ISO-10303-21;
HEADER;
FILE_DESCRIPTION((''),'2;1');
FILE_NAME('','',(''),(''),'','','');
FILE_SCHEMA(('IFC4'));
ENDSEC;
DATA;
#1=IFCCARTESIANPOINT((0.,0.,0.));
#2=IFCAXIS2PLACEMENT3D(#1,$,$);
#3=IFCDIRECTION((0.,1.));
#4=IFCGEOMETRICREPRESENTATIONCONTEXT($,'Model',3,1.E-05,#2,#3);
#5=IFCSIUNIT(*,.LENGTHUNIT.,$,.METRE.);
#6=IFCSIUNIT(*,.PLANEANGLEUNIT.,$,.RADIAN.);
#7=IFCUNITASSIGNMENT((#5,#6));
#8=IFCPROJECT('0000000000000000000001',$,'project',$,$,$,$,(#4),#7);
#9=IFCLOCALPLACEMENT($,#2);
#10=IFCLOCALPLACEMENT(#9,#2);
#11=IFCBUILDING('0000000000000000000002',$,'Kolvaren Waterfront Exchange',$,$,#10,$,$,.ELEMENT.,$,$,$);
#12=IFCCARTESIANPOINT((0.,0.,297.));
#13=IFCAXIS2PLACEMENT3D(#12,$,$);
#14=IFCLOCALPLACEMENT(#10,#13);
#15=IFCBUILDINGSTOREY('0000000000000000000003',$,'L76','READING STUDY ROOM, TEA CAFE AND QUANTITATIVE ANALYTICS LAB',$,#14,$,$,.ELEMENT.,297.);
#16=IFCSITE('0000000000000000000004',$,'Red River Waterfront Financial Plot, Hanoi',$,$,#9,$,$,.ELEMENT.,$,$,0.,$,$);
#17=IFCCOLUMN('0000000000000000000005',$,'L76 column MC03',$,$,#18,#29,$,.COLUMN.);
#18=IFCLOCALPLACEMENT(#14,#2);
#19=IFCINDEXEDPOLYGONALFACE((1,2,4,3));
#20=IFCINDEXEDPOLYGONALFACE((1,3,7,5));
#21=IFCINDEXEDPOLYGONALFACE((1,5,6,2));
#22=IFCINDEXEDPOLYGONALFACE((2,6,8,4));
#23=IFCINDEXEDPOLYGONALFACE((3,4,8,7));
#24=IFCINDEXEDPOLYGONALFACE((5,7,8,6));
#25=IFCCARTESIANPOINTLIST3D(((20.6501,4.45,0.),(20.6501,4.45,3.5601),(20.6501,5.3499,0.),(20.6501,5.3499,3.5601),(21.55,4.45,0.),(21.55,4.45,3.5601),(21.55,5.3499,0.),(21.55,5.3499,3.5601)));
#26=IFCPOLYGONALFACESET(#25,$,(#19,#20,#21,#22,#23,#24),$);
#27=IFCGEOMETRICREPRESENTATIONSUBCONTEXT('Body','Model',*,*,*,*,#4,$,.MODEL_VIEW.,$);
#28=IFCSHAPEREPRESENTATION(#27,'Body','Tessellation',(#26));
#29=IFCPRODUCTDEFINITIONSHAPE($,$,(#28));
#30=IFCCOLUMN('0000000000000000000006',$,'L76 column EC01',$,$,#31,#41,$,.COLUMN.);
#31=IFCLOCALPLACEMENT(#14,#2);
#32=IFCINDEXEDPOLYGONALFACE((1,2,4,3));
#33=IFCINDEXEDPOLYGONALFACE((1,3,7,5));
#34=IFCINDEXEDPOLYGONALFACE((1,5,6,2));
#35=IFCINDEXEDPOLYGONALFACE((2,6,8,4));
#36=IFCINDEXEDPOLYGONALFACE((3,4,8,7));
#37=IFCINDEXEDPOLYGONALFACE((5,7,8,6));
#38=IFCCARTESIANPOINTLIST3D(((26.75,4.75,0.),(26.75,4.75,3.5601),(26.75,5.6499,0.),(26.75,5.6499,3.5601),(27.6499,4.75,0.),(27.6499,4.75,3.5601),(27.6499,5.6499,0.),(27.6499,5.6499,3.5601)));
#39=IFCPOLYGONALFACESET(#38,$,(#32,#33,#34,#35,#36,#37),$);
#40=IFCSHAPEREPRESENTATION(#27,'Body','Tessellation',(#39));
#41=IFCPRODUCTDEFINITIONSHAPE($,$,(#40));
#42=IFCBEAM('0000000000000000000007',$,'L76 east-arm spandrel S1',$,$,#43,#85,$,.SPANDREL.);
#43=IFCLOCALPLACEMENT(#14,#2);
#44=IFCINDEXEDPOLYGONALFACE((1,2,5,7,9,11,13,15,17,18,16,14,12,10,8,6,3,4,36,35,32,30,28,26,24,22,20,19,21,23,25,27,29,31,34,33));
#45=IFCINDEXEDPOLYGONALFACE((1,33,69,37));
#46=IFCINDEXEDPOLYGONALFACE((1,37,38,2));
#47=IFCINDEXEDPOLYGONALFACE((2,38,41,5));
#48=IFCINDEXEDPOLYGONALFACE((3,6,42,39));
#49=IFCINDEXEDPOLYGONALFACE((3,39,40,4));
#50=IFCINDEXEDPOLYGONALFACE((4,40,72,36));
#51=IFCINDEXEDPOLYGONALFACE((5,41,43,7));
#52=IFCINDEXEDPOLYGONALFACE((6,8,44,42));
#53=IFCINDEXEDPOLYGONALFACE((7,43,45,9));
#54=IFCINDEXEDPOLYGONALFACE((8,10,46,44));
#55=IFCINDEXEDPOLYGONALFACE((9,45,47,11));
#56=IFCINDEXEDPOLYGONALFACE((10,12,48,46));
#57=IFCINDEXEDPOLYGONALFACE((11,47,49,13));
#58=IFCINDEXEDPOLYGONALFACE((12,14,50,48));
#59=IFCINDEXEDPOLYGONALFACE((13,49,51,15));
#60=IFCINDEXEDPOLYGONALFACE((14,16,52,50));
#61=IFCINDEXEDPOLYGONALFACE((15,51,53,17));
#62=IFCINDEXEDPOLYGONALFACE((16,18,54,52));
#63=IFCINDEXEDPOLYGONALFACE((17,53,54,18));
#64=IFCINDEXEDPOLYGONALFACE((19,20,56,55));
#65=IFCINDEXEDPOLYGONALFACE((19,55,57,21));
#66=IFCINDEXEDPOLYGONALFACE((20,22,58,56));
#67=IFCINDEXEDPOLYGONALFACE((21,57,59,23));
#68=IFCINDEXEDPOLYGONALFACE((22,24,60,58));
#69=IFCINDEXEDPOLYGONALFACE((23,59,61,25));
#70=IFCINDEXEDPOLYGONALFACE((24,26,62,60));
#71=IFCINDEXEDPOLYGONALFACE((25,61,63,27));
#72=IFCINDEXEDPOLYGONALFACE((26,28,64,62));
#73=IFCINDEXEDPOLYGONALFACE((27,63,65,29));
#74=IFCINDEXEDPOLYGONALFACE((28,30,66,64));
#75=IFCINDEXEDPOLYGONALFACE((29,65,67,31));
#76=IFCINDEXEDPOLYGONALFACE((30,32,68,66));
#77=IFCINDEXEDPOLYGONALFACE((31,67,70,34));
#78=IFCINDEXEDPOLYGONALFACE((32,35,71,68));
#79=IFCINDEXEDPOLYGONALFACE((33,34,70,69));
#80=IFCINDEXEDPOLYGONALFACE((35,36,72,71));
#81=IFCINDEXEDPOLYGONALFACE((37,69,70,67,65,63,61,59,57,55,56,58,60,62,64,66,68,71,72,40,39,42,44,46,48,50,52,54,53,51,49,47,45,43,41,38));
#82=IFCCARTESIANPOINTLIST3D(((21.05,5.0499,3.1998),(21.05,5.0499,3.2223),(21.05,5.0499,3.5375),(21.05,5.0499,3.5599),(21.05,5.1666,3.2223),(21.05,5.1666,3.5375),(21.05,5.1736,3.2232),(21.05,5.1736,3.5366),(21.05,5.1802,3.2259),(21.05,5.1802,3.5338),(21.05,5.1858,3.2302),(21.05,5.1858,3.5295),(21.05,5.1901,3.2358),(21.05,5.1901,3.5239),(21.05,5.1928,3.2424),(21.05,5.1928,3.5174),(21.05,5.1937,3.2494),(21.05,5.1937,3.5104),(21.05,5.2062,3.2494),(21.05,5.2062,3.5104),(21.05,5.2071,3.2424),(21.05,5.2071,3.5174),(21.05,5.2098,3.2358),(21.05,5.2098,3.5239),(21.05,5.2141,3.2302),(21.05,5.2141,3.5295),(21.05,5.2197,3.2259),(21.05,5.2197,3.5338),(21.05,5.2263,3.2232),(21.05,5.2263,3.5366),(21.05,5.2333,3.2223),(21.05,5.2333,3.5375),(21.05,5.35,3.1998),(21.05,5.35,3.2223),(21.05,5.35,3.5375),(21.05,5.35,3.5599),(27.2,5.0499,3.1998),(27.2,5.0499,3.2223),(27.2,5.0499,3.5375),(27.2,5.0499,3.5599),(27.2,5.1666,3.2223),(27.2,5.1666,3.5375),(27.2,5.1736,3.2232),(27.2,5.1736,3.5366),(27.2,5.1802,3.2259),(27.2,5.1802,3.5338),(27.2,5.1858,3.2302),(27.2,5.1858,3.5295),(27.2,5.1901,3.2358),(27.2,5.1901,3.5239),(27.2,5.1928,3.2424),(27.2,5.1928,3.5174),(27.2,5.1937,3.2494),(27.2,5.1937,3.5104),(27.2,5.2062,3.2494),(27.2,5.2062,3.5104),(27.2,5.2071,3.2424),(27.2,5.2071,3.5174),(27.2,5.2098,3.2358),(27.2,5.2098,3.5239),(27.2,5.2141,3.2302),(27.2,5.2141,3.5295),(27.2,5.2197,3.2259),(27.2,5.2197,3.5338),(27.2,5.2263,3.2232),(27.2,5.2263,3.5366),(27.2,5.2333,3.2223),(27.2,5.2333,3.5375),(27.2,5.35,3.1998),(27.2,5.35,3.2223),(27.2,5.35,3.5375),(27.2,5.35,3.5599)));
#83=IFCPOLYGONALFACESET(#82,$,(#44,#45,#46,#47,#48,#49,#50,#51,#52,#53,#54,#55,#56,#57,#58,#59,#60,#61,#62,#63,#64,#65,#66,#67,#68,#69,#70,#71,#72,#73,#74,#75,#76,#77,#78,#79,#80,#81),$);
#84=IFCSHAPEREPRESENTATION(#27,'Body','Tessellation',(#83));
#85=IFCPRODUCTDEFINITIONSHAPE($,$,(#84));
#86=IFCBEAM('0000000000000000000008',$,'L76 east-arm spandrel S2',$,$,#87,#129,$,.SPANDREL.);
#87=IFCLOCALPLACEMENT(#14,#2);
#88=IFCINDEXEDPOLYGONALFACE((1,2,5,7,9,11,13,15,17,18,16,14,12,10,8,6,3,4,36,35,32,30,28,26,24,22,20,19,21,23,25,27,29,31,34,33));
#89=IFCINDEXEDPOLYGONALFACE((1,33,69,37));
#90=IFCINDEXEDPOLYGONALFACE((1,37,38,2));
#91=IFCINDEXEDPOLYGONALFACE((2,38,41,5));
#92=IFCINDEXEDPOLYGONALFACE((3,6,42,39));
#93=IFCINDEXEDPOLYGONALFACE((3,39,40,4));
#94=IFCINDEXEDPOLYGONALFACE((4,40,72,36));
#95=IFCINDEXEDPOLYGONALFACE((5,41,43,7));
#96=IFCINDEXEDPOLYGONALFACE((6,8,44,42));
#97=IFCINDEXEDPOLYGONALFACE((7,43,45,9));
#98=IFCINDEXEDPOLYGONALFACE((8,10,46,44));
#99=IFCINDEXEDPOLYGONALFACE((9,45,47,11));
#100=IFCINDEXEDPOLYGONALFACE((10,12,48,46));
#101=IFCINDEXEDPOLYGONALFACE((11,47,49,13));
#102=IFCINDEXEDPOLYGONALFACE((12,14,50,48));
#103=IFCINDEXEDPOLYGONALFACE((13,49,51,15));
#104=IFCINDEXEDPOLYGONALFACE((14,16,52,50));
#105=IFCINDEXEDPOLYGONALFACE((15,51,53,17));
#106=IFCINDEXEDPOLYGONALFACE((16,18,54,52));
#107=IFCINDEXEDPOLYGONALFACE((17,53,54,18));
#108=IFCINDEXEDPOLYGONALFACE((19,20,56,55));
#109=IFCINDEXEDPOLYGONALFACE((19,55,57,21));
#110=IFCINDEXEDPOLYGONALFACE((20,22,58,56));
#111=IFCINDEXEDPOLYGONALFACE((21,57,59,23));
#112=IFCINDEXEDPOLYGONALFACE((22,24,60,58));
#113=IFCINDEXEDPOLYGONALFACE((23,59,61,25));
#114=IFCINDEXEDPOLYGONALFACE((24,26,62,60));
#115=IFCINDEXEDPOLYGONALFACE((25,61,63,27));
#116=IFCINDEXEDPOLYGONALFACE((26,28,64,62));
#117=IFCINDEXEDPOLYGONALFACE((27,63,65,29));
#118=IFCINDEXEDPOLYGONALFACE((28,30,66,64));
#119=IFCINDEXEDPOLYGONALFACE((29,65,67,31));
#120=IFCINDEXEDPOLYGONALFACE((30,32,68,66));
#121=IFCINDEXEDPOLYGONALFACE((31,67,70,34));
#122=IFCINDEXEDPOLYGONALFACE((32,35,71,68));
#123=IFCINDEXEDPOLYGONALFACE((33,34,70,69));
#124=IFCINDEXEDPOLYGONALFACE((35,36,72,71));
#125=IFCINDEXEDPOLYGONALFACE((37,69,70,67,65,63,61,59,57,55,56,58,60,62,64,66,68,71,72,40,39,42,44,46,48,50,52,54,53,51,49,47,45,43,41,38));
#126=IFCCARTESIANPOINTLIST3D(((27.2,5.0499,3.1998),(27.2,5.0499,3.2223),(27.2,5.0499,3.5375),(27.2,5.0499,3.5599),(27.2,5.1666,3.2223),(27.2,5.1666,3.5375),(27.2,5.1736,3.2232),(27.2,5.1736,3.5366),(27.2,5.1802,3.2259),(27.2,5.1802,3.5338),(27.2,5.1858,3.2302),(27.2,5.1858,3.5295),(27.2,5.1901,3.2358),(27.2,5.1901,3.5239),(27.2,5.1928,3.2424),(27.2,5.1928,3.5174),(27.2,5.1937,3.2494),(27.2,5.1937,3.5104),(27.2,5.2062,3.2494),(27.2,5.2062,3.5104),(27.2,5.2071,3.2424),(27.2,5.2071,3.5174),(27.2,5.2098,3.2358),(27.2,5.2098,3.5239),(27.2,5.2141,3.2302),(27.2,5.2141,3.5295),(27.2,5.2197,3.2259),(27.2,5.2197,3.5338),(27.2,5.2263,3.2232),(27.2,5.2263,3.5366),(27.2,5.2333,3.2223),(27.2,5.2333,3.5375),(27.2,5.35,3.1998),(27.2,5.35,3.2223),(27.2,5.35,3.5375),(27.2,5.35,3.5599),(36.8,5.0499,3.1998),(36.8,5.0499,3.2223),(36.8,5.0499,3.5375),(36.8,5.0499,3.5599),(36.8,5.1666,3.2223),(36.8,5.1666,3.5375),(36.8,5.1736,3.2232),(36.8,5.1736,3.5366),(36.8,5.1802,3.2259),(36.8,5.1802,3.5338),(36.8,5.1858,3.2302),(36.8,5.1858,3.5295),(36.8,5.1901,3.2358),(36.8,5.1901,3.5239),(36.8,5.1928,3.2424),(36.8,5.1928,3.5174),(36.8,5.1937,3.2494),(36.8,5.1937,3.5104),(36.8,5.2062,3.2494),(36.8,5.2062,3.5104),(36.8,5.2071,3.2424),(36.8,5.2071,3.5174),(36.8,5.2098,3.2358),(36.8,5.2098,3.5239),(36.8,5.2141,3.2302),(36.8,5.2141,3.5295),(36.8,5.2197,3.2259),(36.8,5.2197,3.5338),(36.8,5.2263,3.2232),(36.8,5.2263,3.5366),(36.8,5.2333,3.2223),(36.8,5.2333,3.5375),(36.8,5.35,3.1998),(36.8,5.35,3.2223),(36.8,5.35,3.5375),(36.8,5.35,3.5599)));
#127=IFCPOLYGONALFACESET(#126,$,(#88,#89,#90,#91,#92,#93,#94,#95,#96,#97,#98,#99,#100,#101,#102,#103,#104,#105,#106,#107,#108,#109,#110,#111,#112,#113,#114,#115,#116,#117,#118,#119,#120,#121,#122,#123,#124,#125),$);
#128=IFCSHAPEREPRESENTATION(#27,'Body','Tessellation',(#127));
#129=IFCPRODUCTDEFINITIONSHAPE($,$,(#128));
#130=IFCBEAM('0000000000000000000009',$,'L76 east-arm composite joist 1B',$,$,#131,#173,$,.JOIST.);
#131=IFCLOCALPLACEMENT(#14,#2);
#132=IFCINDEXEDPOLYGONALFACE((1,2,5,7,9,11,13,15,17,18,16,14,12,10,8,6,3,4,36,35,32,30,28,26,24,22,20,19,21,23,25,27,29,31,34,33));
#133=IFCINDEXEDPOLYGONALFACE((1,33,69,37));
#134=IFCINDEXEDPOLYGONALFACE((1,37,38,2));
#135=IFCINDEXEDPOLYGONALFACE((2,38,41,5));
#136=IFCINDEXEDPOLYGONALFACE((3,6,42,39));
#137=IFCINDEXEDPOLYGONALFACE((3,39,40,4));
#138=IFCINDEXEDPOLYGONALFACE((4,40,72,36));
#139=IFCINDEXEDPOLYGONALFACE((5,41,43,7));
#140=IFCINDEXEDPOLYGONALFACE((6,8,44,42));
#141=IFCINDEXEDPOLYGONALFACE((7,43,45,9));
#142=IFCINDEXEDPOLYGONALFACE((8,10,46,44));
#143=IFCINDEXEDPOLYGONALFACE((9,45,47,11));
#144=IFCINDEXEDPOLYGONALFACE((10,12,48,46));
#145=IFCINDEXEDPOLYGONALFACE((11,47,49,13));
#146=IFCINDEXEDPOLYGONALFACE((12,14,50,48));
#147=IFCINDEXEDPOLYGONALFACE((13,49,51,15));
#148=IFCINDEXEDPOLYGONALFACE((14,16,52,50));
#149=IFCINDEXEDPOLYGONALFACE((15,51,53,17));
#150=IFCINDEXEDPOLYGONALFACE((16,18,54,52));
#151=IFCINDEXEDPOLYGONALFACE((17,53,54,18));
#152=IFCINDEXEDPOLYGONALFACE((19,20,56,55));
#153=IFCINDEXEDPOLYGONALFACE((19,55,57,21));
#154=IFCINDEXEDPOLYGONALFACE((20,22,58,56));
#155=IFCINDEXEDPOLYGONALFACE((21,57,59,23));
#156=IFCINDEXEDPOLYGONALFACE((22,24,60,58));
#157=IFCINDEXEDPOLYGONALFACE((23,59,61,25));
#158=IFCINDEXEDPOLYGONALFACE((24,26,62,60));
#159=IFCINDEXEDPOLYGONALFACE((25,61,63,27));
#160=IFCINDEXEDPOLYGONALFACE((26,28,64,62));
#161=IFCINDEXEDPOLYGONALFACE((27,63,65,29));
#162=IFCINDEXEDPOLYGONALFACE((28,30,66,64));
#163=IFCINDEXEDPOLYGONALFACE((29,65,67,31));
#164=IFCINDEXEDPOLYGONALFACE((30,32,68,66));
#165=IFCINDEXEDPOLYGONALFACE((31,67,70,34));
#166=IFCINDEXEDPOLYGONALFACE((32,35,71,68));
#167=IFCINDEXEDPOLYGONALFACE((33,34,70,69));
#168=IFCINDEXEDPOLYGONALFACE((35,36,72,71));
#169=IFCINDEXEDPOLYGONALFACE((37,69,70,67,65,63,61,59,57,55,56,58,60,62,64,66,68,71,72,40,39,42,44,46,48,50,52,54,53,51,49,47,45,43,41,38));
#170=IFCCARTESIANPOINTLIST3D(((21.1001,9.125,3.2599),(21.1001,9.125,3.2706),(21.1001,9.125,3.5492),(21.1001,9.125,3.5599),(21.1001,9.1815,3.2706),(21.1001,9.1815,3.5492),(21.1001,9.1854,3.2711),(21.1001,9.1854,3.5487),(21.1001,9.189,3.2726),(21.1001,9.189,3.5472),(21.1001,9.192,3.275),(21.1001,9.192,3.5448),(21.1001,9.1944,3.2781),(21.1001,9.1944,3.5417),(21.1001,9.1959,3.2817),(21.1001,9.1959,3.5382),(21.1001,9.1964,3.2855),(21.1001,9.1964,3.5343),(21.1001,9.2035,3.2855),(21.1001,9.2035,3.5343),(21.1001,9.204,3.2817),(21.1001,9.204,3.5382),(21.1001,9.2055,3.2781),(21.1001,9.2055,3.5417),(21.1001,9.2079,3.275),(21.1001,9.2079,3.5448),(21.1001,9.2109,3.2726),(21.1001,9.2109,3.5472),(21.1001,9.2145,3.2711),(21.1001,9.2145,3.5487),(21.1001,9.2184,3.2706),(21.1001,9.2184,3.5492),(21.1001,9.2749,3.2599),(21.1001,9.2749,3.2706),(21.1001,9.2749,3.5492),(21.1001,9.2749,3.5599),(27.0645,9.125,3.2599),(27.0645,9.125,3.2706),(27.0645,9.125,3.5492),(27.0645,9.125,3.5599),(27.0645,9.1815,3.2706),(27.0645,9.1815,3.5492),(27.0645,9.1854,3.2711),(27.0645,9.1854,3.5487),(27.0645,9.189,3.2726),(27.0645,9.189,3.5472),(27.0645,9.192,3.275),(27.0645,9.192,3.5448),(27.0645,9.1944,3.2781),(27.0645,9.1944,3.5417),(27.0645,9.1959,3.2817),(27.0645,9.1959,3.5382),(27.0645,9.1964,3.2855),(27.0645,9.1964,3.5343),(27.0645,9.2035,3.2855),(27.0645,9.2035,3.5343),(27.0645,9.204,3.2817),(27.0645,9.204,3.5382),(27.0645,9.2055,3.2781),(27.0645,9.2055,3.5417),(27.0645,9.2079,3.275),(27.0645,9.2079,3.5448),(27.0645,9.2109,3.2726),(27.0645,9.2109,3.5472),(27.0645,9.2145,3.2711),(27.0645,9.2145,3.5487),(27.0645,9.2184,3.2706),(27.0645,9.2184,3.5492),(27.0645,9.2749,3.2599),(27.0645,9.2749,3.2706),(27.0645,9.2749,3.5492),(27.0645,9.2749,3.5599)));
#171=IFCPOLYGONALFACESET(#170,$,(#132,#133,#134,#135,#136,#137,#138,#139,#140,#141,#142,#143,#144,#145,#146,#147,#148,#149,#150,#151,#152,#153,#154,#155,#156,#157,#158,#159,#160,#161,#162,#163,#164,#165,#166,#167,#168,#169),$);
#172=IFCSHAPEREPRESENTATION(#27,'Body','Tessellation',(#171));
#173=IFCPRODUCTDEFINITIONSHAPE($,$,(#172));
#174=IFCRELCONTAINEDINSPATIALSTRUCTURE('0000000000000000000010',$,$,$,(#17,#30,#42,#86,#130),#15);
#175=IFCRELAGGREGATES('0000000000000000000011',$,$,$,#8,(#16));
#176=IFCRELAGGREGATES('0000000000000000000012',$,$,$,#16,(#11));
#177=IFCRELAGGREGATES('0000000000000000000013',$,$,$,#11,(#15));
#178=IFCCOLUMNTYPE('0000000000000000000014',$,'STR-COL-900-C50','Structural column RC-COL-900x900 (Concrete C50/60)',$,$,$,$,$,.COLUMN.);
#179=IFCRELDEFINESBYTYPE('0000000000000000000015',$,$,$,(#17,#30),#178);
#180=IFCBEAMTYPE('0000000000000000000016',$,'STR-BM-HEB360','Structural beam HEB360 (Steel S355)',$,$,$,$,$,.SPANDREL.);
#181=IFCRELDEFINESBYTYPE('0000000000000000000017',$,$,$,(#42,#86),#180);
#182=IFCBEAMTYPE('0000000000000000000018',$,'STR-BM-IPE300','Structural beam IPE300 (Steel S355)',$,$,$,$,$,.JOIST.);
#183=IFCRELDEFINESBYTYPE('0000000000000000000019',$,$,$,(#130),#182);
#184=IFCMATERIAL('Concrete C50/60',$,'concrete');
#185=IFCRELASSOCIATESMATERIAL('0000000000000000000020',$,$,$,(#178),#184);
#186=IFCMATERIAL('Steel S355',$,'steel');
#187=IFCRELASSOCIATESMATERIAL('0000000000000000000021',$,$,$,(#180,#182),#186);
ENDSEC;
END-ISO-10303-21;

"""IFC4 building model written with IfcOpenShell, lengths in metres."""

from ifc_helpers import new_model, si_unit, direction, frame, origin, origin_2d, place, context, subcontext, project, spatial, rectangle, i_section, extrude, material, material_profile, profile_set, type_object, element, save


model = new_model("IFC4")

# Units and contexts
model_context = context("Model", 3, precision=1e-05, world=origin(), true_north=direction((0.0, 1.0)))
body_context = subcontext(model_context, "Body", "Model", "MODEL_VIEW")
ifc_project = project(units=[si_unit("LENGTHUNIT", "METRE"), si_unit("PLANEANGLEUNIT", "RADIAN")], contexts=[model_context])

# Site, building, storey
site_placement = place(None, origin())
site = spatial("IfcSite", under=ifc_project, at=site_placement, Name="Red River Waterfront Financial Plot, Hanoi", CompositionType="ELEMENT", RefElevation=0.0)
building_placement = place(site_placement, origin())
building = spatial("IfcBuilding", under=site, at=building_placement, Name="Kolvaren Waterfront Exchange", CompositionType="ELEMENT")
storey_placement = place(building_placement, frame((0.0, 0.0, 297.0)))
storey = spatial("IfcBuildingStorey", under=building, at=storey_placement, Name="L76", Description="READING STUDY ROOM, TEA CAFE AND QUANTITATIVE ANALYTICS LAB", CompositionType="ELEMENT", Elevation=297.0)

# Columns
ifc_material_1 = material(Name="Concrete C50/60", Category="concrete")
ifc_material_profile_1 = material_profile(ifc_material_1, rectangle(XDim=0.8999, YDim=0.8999, at=origin_2d()), Name="RC-COL-900x900")
ifc_profile_set_1 = profile_set([ifc_material_profile_1], Name="Concrete C50/60")
column_type = type_object("IfcColumnType", Name="STR-COL-900-C50", Description="Structural column RC-COL-900x900 (Concrete C50/60)", PredefinedType="COLUMN", material=ifc_profile_set_1)
for number, where, z_axis, x_axis, name in (
    (1, (21.1001, 4.8999, 0.0), (0.0, 0.0, 1.0), (1.0, 0.0, 0.0), "L76 column MC03"),
    (2, (27.2, 5.2, 0.0), (0.0, 0.0, 1.0), (1.0, 0.0, 0.0), "L76 column EC01"),
):
    element("IfcColumn", number, at=place(storey_placement, frame(where, z_axis=z_axis, x_axis=x_axis)), inside=storey, type_object=column_type, Name=name, PredefinedType="COLUMN", context=body_context, shape_type="SweptSolid", body=[
        extrude(rectangle(XDim=0.8999, YDim=0.8999, at=origin_2d()), origin(), (0.0, 0.0, 1.0), 3.5601),
    ])

# Beams
ifc_material_2 = material(Name="Steel S355", Category="steel")
ifc_material_profile_2 = material_profile(ifc_material_2, i_section(OverallWidth=0.3, OverallDepth=0.3601, WebThickness=0.0125, FlangeThickness=0.0225, FilletRadius=0.0271, at=origin_2d()), Name="HEB360")
ifc_profile_set_2 = profile_set([ifc_material_profile_2], Name="Steel S355")
beam_type_1 = type_object("IfcBeamType", Name="STR-BM-HEB360", Description="Structural beam HEB360 (Steel S355)", PredefinedType="SPANDREL", material=ifc_profile_set_2)
beam_1_placement = place(storey_placement, frame((21.05, 5.2, 3.3799), z_axis=(1.0, 0.0, 0.0), x_axis=(0.0, 1.0, 0.0)))
element("IfcBeam", 3, at=beam_1_placement, inside=storey, type_object=beam_type_1, Name="L76 east-arm spandrel S1", PredefinedType="SPANDREL", context=body_context, shape_type="SweptSolid", body=[
    extrude(i_section(OverallWidth=0.3, OverallDepth=0.3601, WebThickness=0.0125, FlangeThickness=0.0225, FilletRadius=0.0271, at=origin_2d()), origin(), (0.0, 0.0, 1.0), 6.1499),
])
beam_2_placement = place(storey_placement, frame((27.2, 5.2, 3.3799), z_axis=(1.0, 0.0, 0.0), x_axis=(0.0, 1.0, 0.0)))
element("IfcBeam", 4, at=beam_2_placement, inside=storey, type_object=beam_type_1, Name="L76 east-arm spandrel S2", PredefinedType="SPANDREL", context=body_context, shape_type="SweptSolid", body=[
    extrude(i_section(OverallWidth=0.3, OverallDepth=0.3601, WebThickness=0.0125, FlangeThickness=0.0225, FilletRadius=0.0271, at=origin_2d()), origin(), (0.0, 0.0, 1.0), 9.6001),
])
ifc_material_profile_3 = material_profile(ifc_material_2, i_section(OverallWidth=0.1499, OverallDepth=0.3, WebThickness=0.0071, FlangeThickness=0.0107, FilletRadius=0.0149, at=origin_2d()), Name="IPE300")
ifc_profile_set_3 = profile_set([ifc_material_profile_3], Name="Steel S355")
beam_type_2 = type_object("IfcBeamType", Name="STR-BM-IPE300", Description="Structural beam IPE300 (Steel S355)", PredefinedType="JOIST", material=ifc_profile_set_3)
beam_3_placement = place(storey_placement, frame((21.1001, 9.2, 3.4099), z_axis=(1.0, 0.0, 0.0), x_axis=(0.0, 1.0, 0.0)))
element("IfcBeam", 5, at=beam_3_placement, inside=storey, type_object=beam_type_2, Name="L76 east-arm composite joist 1B", PredefinedType="JOIST", context=body_context, shape_type="SweptSolid", body=[
    extrude(i_section(OverallWidth=0.1499, OverallDepth=0.3, WebThickness=0.0071, FlangeThickness=0.0107, FilletRadius=0.0149, at=origin_2d()), origin(), (0.0, 0.0, 1.0), 5.9644),
])

save(model, "model.ifc")
